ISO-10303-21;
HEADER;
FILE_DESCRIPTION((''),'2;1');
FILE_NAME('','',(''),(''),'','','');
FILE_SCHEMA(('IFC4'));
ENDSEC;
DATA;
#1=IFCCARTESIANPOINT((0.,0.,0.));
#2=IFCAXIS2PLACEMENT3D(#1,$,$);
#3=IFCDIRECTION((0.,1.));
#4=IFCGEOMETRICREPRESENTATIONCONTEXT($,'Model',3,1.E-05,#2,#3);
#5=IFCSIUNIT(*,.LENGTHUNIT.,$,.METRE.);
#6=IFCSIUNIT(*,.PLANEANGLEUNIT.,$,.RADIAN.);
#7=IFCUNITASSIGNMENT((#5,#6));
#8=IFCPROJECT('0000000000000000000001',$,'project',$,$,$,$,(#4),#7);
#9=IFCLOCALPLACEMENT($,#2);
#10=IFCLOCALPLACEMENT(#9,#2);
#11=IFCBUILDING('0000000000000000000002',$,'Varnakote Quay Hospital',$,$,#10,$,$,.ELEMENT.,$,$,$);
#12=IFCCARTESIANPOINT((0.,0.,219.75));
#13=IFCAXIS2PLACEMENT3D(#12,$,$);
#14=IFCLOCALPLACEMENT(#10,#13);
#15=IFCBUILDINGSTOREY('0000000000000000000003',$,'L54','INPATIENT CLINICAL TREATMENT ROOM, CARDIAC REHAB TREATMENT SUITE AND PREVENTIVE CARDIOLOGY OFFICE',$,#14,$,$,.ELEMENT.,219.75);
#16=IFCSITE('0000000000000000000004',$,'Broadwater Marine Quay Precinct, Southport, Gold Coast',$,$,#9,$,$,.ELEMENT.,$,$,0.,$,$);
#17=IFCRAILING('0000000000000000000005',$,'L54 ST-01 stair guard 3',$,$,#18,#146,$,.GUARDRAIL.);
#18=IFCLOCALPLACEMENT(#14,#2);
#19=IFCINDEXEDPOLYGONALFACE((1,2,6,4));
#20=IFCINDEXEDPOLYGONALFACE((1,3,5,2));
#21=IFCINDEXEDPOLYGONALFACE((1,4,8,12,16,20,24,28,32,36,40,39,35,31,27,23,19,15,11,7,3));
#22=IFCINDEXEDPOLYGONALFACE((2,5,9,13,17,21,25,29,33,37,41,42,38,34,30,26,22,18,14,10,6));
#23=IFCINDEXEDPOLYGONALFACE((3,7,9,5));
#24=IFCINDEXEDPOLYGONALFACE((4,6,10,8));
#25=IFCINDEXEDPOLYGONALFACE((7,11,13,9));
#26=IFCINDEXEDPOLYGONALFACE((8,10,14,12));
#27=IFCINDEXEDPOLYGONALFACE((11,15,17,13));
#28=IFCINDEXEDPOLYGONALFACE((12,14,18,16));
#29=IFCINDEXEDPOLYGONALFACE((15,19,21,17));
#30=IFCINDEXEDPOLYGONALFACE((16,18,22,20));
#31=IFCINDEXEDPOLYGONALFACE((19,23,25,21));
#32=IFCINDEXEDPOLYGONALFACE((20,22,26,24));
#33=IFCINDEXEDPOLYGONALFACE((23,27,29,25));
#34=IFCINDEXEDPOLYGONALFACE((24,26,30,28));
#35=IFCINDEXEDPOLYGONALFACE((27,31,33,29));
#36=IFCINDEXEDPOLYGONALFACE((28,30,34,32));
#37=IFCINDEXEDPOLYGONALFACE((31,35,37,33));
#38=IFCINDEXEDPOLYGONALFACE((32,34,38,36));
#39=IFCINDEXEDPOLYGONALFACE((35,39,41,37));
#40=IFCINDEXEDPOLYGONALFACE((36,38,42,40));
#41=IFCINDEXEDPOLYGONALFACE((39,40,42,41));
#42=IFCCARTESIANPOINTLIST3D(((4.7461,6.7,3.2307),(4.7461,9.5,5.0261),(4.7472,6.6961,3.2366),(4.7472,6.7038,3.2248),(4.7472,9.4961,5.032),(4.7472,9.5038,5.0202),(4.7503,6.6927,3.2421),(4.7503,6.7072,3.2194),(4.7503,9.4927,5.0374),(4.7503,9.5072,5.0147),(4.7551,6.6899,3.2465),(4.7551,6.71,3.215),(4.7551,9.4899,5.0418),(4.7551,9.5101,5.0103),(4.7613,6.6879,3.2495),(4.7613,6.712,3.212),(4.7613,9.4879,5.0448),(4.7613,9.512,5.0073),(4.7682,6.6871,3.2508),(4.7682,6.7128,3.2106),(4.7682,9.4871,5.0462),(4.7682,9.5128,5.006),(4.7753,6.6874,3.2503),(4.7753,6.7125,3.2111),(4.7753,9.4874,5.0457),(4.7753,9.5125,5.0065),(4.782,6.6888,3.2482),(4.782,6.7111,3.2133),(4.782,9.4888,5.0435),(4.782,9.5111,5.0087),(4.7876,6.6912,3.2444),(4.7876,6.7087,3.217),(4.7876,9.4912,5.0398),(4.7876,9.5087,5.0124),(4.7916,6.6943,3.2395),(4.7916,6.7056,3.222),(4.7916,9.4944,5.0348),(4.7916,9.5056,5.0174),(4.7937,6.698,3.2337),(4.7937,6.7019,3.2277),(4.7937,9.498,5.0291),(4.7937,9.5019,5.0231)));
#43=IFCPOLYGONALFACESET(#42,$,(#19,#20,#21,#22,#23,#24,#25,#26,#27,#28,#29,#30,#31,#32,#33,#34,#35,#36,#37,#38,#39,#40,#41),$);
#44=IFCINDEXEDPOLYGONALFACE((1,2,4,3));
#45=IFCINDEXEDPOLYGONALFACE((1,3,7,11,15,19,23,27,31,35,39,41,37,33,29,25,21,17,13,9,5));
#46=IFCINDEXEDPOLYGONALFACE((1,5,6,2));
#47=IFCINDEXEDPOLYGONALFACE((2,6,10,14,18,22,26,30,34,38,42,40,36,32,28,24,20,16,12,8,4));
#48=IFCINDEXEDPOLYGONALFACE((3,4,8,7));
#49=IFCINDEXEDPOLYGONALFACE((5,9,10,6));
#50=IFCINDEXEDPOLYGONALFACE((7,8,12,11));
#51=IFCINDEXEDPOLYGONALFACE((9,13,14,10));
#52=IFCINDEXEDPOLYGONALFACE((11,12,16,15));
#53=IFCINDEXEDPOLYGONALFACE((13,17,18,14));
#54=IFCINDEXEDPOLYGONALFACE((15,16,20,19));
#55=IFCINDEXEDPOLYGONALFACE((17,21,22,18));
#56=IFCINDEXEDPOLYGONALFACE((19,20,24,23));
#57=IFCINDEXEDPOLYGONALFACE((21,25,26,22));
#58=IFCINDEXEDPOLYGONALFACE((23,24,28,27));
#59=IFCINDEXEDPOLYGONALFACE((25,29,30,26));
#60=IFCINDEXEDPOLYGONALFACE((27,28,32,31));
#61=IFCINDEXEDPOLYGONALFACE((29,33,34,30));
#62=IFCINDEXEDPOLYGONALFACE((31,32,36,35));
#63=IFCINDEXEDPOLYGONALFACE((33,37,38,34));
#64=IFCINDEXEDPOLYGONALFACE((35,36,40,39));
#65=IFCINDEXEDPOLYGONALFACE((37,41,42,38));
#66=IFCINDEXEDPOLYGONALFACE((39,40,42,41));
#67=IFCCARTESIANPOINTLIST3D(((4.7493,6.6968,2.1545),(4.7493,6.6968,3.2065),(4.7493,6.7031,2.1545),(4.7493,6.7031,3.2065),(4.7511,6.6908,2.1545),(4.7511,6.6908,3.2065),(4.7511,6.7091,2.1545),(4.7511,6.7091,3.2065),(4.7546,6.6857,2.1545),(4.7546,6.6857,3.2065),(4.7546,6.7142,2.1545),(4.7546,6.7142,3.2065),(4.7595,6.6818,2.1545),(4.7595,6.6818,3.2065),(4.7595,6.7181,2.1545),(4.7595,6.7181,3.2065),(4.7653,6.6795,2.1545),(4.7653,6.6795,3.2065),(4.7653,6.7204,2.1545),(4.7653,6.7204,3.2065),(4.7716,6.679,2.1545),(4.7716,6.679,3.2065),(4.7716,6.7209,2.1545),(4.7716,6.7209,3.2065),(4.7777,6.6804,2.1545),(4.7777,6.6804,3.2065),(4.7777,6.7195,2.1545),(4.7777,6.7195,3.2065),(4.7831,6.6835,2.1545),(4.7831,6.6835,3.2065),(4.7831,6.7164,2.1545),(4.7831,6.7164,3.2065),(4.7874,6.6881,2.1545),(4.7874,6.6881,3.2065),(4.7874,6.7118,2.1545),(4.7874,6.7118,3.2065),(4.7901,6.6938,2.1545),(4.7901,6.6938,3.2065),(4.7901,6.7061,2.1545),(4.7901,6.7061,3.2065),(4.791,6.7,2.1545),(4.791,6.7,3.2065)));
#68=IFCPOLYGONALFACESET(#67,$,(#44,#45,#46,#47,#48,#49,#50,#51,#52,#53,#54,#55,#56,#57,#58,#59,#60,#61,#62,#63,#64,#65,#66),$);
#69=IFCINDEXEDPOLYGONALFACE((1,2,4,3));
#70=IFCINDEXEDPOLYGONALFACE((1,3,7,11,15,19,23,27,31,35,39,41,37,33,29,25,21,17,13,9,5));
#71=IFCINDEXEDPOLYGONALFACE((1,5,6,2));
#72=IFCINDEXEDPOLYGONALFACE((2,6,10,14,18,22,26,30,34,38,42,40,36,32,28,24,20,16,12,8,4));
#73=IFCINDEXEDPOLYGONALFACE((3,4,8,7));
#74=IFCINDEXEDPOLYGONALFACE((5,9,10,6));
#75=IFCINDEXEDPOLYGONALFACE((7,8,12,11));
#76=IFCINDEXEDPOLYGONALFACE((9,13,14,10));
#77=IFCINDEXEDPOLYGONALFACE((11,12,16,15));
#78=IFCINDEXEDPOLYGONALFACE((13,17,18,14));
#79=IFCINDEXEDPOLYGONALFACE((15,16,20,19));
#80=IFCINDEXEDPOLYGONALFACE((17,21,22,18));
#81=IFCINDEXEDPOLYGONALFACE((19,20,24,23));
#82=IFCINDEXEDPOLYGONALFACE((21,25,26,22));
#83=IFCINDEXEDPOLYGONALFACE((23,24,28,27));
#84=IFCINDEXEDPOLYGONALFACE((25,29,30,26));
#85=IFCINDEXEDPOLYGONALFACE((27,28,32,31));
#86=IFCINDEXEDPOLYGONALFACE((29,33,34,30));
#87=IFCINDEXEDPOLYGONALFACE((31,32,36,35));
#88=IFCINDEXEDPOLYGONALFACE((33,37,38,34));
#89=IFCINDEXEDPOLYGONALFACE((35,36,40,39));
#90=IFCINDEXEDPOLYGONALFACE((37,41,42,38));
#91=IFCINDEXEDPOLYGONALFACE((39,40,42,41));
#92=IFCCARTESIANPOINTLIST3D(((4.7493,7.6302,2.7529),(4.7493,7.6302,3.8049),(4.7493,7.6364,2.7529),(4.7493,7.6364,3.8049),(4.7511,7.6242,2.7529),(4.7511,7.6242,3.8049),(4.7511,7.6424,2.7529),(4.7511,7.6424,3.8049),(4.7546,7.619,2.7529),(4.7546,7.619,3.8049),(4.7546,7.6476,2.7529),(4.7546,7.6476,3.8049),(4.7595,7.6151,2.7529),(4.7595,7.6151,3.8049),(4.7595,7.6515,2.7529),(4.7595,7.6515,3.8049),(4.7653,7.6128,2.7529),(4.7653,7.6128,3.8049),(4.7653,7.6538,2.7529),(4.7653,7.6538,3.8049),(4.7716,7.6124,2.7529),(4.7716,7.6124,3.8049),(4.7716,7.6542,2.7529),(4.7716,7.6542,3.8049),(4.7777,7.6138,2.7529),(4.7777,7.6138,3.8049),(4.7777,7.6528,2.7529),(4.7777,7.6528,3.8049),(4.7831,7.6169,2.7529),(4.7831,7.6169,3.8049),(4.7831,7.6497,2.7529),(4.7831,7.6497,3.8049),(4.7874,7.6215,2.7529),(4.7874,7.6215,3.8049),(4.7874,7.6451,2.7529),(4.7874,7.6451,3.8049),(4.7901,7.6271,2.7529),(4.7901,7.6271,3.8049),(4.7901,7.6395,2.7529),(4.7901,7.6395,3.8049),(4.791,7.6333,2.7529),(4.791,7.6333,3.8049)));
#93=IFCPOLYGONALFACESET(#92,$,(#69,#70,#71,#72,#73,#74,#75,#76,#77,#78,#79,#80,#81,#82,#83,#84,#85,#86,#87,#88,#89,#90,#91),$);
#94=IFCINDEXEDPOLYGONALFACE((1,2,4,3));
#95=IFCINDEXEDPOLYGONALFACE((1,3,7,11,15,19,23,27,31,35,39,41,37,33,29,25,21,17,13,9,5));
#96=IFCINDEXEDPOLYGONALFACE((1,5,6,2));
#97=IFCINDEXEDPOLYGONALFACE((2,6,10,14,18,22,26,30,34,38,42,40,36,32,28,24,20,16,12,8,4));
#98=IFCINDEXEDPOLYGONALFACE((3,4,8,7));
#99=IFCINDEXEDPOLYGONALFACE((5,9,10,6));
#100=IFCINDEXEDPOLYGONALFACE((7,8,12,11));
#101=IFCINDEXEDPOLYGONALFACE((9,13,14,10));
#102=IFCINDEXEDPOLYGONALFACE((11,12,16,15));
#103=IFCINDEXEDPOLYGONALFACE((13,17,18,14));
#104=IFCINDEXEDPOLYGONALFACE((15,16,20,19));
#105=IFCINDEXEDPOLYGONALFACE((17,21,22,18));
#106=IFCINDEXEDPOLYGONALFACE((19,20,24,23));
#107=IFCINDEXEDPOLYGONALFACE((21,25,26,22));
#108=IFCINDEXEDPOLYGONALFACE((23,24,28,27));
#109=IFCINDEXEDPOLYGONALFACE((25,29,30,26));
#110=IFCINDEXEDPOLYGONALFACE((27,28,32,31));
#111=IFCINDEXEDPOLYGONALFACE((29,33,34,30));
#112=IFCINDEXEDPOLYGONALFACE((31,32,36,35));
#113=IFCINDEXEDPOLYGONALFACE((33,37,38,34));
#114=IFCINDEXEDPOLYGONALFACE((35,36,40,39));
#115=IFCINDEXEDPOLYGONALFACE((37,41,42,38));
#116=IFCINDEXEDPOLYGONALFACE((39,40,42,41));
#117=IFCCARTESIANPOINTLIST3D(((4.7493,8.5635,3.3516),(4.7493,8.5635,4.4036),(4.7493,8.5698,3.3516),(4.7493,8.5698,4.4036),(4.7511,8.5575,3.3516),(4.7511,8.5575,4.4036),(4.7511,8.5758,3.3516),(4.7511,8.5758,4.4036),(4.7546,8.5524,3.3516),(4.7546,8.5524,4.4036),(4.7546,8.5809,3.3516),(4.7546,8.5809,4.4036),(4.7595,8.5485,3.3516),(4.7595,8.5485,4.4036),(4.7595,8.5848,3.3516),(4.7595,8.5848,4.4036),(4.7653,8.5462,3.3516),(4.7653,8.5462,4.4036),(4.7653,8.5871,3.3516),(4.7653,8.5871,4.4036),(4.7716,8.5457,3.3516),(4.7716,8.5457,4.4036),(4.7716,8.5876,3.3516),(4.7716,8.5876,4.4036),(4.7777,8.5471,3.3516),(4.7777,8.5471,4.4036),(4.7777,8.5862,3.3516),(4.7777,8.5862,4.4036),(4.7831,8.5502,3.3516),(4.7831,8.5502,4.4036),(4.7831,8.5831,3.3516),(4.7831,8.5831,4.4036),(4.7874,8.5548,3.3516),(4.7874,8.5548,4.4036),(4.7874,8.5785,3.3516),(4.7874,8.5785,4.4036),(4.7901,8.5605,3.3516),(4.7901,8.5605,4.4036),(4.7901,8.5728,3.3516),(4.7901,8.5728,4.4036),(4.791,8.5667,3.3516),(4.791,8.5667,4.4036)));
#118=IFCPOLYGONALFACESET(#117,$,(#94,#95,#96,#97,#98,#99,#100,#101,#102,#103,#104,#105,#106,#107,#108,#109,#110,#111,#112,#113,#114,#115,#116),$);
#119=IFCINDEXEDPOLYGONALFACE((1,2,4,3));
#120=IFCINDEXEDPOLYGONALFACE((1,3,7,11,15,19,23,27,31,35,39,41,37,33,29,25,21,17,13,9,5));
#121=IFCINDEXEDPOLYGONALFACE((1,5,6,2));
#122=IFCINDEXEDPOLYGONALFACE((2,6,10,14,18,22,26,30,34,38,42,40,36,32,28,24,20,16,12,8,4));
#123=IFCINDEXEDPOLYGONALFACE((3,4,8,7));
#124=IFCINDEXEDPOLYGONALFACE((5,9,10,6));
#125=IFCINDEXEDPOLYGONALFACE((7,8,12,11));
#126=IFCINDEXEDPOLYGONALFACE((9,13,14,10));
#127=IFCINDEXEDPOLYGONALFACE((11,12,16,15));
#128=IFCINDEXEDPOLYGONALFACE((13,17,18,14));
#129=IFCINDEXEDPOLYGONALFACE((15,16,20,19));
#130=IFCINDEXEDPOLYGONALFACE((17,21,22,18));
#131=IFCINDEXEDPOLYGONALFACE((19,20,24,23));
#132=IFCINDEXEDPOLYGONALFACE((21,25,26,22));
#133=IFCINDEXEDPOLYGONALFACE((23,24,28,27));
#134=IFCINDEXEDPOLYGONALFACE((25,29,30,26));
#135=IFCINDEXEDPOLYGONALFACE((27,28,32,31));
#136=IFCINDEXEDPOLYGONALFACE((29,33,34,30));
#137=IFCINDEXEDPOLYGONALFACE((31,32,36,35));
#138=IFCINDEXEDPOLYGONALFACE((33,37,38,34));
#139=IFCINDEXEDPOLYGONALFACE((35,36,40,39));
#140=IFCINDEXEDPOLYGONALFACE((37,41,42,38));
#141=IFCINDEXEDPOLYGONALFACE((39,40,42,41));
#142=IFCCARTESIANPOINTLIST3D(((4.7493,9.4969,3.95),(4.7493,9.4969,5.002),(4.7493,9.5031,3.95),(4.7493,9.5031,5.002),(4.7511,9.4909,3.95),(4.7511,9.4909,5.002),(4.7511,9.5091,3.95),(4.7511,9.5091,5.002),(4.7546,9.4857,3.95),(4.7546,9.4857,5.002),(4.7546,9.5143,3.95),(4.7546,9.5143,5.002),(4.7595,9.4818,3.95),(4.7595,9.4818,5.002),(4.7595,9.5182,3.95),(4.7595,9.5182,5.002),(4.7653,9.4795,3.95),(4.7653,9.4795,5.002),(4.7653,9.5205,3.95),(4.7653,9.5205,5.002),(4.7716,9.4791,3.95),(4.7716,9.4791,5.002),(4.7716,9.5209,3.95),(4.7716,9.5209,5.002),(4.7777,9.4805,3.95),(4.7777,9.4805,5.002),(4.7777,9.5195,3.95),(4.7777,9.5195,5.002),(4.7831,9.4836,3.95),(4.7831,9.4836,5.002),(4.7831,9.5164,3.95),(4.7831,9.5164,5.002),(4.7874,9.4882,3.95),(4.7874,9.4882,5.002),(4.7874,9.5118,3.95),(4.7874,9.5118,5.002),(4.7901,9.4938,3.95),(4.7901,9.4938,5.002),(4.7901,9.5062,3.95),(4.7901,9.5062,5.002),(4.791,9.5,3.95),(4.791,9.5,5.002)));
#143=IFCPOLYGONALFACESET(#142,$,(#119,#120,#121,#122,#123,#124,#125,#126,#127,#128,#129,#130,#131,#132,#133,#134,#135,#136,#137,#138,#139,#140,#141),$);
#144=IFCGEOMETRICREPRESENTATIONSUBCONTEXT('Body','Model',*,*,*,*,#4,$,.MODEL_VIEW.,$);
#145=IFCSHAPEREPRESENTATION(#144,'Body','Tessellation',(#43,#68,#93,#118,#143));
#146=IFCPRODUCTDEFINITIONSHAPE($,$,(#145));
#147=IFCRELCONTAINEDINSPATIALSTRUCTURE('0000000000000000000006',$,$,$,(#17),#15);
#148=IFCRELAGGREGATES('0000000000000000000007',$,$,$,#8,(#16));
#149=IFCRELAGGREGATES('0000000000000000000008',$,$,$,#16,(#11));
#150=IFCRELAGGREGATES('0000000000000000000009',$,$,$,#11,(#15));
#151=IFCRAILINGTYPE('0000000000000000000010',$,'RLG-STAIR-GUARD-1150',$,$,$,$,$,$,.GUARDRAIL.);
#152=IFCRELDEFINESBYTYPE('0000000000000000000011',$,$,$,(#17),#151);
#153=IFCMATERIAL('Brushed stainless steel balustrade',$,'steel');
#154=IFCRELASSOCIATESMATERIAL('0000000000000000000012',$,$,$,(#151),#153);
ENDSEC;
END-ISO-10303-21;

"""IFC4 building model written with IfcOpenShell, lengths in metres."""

from ifc_helpers import new_model, si_unit, direction, frame, origin, origin_2d, place, context, subcontext, project, spatial, circle, extrude, material, type_object, element, save


model = new_model("IFC4")

# Units and contexts
model_context = context("Model", 3, precision=1e-05, world=origin(), true_north=direction((0.0, 1.0)))
body_context = subcontext(model_context, "Body", "Model", "MODEL_VIEW")
ifc_project = project(units=[si_unit("LENGTHUNIT", "METRE"), si_unit("PLANEANGLEUNIT", "RADIAN")], contexts=[model_context])

# Site, building, storey
site_placement = place(None, origin())
site = spatial("IfcSite", under=ifc_project, at=site_placement, Name="Broadwater Marine Quay Precinct, Southport, Gold Coast", CompositionType="ELEMENT", RefElevation=0.0)
building_placement = place(site_placement, origin())
building = spatial("IfcBuilding", under=site, at=building_placement, Name="Varnakote Quay Hospital", CompositionType="ELEMENT")
storey_placement = place(building_placement, frame((0.0, 0.0, 219.75)))
storey = spatial("IfcBuildingStorey", under=building, at=storey_placement, Name="L54", Description="INPATIENT CLINICAL TREATMENT ROOM, CARDIAC REHAB TREATMENT SUITE AND PREVENTIVE CARDIOLOGY OFFICE", CompositionType="ELEMENT", Elevation=219.75)

# Railing
ifc_material_1 = material(Name="Brushed stainless steel balustrade", Category="steel")
railing_type_1 = type_object("IfcRailingType", Name="RLG-STAIR-GUARD-1150", PredefinedType="GUARDRAIL", material=ifc_material_1)
railing_1_placement = place(storey_placement, frame((4.77, 6.7, 2.1545)))
element("IfcRailing", 1, at=railing_1_placement, inside=storey, type_object=railing_type_1, Name="L54 ST-01 stair guard 3", PredefinedType="GUARDRAIL", context=body_context, shape_type="SweptSolid", body=[
    extrude(circle(Radius=0.0239, at=origin_2d()), frame((0.0, 0.0, 1.0762), z_axis=(0.0, 0.84181, 0.539774), x_axis=(-1.0, 0.0, 0.0)), (0.0, 0.0, 1.0), 3.3262),
    extrude(circle(Radius=0.021, at=origin_2d()), origin(), (0.0, 0.0, 1.0), 1.052),
    extrude(circle(Radius=0.021, at=origin_2d()), frame((0.0, 0.9333, 0.5984)), (0.0, 0.0, 1.0), 1.052),
    extrude(circle(Radius=0.021, at=origin_2d()), frame((0.0, 1.8667, 1.197)), (0.0, 0.0, 1.0), 1.052),
    extrude(circle(Radius=0.021, at=origin_2d()), frame((0.0, 2.8, 1.7954)), (0.0, 0.0, 1.0), 1.052),
])

save(model, "model.ifc")
